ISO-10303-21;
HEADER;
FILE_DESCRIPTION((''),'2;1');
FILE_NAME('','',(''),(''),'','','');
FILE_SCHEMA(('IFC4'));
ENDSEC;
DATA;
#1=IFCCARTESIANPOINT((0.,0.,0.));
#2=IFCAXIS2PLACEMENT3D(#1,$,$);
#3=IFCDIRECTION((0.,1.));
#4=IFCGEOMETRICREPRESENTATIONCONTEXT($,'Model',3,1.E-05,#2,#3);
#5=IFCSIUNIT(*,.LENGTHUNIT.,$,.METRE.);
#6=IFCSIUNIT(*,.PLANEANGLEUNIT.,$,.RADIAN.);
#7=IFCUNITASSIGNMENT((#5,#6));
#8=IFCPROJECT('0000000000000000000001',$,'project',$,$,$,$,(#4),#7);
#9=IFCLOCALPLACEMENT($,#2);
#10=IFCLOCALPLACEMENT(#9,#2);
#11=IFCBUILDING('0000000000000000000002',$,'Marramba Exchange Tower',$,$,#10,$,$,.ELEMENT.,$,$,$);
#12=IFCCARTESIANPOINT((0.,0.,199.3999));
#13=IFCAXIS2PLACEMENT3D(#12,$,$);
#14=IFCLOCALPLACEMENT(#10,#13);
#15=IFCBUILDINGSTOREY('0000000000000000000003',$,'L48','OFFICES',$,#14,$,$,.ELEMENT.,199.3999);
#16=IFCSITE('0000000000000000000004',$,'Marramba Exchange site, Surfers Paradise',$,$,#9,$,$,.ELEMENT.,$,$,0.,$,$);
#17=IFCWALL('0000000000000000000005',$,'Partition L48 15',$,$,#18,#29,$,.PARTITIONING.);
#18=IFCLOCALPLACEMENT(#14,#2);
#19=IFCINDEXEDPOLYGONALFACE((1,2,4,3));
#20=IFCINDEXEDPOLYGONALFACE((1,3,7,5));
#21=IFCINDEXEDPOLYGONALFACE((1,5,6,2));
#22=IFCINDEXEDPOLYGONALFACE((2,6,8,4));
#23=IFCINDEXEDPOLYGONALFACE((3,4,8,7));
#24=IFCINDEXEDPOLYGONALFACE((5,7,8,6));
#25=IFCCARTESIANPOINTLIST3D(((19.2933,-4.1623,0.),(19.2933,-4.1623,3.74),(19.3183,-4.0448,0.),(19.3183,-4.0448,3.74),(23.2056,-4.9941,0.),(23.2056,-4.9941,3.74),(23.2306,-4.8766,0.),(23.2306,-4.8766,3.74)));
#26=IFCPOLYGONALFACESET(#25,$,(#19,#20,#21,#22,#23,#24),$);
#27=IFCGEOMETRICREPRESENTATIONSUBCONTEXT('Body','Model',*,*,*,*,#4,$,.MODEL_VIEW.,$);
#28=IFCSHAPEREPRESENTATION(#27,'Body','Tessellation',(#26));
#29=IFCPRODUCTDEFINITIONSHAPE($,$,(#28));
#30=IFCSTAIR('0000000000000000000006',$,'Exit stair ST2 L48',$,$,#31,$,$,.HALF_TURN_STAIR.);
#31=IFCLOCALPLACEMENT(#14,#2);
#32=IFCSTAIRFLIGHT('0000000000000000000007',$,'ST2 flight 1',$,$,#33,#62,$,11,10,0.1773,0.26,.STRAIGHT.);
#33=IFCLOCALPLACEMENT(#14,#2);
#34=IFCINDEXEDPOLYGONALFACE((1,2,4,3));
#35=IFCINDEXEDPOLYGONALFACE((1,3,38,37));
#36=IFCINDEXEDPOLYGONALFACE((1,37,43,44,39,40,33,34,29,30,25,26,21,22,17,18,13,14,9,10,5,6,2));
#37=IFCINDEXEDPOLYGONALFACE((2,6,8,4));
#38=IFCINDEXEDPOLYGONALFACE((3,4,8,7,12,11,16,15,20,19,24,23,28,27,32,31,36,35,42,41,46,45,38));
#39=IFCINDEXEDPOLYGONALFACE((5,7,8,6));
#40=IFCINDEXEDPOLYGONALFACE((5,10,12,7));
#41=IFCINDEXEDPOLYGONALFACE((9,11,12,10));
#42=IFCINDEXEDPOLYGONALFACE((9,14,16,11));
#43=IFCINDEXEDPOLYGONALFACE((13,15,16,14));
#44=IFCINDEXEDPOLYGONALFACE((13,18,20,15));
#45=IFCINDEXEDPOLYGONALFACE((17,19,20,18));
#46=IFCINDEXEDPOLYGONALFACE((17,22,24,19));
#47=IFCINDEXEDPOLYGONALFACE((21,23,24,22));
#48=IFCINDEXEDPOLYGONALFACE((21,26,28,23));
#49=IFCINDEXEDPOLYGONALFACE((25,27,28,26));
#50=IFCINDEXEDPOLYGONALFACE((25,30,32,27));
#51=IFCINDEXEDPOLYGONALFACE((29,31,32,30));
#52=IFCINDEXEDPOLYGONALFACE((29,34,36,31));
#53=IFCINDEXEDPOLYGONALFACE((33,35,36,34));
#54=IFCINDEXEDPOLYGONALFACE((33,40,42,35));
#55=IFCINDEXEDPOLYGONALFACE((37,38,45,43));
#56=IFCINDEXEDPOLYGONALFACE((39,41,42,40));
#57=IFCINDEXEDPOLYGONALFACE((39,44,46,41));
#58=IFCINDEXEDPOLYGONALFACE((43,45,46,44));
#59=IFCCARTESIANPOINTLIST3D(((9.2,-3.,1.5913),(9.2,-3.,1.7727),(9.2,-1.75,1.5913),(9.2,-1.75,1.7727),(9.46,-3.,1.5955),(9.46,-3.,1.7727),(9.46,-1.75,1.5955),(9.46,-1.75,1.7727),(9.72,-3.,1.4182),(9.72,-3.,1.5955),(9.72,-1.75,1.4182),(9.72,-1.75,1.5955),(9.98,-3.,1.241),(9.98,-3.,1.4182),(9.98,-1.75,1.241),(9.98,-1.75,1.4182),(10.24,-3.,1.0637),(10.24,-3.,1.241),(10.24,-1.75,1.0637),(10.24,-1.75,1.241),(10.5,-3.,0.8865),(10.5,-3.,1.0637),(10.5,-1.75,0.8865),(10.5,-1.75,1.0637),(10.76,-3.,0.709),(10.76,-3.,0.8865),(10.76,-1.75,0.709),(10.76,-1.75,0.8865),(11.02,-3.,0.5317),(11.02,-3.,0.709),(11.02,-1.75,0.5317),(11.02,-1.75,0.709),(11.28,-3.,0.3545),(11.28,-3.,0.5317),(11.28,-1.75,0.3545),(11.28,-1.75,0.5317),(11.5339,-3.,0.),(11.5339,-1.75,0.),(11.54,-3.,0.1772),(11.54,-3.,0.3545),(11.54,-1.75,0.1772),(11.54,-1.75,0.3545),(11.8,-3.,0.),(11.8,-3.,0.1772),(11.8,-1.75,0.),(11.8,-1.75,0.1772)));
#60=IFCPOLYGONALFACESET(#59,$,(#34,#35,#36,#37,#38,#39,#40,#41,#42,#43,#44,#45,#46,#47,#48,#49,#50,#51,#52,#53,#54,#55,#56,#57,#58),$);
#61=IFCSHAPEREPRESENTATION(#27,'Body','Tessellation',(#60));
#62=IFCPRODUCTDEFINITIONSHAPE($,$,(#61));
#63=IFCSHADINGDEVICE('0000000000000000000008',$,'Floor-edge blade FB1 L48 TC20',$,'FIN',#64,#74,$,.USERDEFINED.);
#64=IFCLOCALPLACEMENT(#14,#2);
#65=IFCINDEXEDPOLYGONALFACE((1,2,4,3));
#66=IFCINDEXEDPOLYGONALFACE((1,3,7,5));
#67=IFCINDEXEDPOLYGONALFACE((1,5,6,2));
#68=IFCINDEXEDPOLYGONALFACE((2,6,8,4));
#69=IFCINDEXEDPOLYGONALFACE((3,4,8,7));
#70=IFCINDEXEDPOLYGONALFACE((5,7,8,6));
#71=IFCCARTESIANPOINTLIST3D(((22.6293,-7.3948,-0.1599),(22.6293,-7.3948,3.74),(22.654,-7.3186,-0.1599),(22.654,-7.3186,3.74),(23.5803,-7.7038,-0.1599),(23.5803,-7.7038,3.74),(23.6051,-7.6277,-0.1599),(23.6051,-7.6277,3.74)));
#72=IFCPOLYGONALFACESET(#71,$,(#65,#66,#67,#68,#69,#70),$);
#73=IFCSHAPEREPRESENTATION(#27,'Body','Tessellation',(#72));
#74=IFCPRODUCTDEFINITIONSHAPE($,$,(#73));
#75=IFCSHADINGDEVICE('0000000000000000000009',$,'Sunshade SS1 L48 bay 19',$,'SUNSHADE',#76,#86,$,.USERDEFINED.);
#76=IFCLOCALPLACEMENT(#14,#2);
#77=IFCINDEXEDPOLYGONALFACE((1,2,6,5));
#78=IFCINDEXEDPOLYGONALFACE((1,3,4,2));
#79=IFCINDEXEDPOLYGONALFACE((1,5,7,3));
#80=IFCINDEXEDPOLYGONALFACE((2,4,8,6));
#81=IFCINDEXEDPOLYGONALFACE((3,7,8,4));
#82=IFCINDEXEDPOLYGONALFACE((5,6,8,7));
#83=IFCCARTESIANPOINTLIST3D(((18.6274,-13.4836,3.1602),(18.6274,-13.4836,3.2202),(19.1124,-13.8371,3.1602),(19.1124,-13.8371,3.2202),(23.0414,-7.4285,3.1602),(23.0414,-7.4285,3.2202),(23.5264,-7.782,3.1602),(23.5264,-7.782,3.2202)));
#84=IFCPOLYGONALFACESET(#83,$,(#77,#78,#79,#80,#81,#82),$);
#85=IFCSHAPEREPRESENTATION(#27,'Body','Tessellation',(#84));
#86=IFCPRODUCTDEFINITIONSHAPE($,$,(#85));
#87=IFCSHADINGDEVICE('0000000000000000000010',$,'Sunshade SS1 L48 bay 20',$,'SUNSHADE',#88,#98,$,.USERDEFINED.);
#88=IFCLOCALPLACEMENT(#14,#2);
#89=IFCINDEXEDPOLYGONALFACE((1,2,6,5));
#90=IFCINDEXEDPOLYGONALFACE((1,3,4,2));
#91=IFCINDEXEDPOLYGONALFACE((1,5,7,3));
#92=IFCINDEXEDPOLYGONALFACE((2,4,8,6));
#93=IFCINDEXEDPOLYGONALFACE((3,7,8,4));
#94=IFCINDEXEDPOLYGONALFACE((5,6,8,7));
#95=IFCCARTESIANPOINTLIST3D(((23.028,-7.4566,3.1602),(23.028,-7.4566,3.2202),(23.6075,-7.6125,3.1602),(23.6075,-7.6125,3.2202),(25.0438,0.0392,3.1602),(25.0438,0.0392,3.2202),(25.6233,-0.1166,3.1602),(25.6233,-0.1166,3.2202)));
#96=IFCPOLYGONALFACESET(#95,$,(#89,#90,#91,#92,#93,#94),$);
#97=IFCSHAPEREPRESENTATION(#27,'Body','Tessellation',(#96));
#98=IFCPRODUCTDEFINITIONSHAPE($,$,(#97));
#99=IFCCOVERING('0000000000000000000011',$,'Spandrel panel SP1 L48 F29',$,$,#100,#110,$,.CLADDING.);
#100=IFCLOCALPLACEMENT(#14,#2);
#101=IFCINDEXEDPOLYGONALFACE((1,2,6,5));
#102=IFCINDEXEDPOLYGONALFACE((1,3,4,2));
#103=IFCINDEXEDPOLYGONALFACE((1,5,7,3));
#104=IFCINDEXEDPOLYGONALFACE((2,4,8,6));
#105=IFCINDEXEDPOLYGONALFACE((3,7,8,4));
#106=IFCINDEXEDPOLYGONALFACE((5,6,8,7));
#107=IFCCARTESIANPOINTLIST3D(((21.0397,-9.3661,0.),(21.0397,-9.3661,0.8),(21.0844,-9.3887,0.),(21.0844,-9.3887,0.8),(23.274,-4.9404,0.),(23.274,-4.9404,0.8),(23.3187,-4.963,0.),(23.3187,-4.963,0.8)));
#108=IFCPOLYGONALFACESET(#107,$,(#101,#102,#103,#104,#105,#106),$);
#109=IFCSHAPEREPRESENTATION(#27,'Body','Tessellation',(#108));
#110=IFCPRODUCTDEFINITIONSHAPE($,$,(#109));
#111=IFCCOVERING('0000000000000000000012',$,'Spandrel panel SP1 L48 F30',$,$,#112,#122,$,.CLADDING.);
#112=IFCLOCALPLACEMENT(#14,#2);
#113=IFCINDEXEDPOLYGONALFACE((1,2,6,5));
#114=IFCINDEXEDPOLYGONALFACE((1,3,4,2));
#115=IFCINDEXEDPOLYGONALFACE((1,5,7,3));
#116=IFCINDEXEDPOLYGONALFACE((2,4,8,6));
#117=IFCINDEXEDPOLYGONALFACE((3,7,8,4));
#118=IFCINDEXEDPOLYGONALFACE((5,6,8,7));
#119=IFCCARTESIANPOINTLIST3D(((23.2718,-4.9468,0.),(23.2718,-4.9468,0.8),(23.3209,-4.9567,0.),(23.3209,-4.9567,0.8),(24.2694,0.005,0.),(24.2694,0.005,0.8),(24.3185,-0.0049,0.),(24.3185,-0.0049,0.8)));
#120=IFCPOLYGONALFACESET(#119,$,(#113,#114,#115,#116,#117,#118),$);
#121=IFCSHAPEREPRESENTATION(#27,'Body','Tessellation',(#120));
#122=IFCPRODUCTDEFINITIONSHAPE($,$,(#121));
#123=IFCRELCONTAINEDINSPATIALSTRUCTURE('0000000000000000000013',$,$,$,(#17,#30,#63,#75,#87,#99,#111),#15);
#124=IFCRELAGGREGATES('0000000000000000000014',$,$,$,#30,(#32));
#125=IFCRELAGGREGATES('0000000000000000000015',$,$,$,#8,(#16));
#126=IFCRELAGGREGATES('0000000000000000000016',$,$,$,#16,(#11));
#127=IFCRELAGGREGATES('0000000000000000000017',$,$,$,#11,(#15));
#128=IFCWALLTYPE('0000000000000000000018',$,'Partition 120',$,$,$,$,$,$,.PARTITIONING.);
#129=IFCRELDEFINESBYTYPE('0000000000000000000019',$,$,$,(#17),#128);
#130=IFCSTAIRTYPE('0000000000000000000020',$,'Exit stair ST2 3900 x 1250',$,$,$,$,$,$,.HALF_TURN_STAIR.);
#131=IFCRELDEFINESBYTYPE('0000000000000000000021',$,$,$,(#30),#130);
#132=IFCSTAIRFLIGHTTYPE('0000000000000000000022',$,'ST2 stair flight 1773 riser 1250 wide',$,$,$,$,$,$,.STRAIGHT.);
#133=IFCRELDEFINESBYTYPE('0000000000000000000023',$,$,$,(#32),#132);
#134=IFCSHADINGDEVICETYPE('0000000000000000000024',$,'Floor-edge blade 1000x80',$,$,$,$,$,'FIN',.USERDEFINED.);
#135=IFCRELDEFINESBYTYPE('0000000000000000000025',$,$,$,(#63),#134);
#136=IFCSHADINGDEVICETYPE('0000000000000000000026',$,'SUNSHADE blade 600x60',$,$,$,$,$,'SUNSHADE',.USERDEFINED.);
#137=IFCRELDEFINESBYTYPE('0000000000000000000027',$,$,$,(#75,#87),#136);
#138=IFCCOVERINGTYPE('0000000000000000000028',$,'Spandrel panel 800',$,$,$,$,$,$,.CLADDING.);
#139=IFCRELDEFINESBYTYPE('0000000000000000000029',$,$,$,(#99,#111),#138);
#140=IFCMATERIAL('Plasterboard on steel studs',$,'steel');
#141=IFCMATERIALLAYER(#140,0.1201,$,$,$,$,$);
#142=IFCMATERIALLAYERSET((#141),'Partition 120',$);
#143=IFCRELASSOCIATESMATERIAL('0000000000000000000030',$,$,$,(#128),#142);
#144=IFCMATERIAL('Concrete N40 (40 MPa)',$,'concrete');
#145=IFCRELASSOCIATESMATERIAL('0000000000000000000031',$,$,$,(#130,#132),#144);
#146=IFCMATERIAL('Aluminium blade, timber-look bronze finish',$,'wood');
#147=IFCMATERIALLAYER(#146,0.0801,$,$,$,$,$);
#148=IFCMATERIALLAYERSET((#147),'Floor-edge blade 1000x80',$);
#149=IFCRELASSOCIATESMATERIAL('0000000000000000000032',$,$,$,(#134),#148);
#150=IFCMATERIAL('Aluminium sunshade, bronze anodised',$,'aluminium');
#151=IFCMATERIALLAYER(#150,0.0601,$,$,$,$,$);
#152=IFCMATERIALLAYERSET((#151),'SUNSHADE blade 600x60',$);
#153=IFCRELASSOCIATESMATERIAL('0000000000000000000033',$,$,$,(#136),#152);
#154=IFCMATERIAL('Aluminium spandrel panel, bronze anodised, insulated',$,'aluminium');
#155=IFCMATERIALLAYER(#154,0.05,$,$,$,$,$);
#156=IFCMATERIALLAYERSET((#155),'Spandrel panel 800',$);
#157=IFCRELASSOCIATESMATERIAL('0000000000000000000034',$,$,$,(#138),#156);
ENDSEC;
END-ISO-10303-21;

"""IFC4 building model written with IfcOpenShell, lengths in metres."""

from ifc_helpers import new_model, si_unit, direction, frame, frame_2d, origin, origin_2d, place, context, subcontext, project, spatial, polyline, rectangle, outline, extrude, material, layer, layer_set, type_object, element, aggregate, save


model = new_model("IFC4")

# Units and contexts
model_context = context("Model", 3, precision=1e-05, world=origin(), true_north=direction((0.0, 1.0)))
body_context = subcontext(model_context, "Body", "Model", "MODEL_VIEW")
ifc_project = project(units=[si_unit("LENGTHUNIT", "METRE"), si_unit("PLANEANGLEUNIT", "RADIAN")], contexts=[model_context])

# Site, building, storey
site_placement = place(None, origin())
site = spatial("IfcSite", under=ifc_project, at=site_placement, Name="Marramba Exchange site, Surfers Paradise", CompositionType="ELEMENT", RefElevation=0.0)
building_placement = place(site_placement, origin())
building = spatial("IfcBuilding", under=site, at=building_placement, Name="Marramba Exchange Tower", CompositionType="ELEMENT")
storey_placement = place(building_placement, frame((0.0, 0.0, 199.3999)))
storey = spatial("IfcBuildingStorey", under=building, at=storey_placement, Name="L48", Description="OFFICES", CompositionType="ELEMENT", Elevation=199.3999)

# Wall
ifc_material_1 = material(Name="Plasterboard on steel studs", Category="steel")
ifc_layer_1 = layer(ifc_material_1, 0.1201)
ifc_layer_set_1 = layer_set([ifc_layer_1], Name="Partition 120")
wall_type_1 = type_object("IfcWallType", Name="Partition 120", PredefinedType="PARTITIONING", material=ifc_layer_set_1)
wall_1_placement = place(storey_placement, frame((19.3057, -4.1035, 0.0), z_axis=(0.0, 0.0, 1.0), x_axis=(0.978138, -0.207957, 0.0)))
element("IfcWall", 1, at=wall_1_placement, inside=storey, type_object=wall_type_1, Name="Partition L48 15", PredefinedType="PARTITIONING", context=body_context, shape_type="SweptSolid", body=[
    extrude(rectangle(XDim=3.9998, YDim=0.1201, at=frame_2d((2.0, 0.0))), origin(), (0.0, 0.0, 1.0), 3.74),
])

# Stair, stair flight
ifc_material_2 = material(Name="Concrete N40 (40 MPa)", Category="concrete")
stair_type = type_object("IfcStairType", Name="Exit stair ST2 3900 x 1250", PredefinedType="HALF_TURN_STAIR", material=ifc_material_2)
stair_placement = place(storey_placement, origin())
stair = element("IfcStair", 2, at=stair_placement, inside=storey, type_object=stair_type, Name="Exit stair ST2 L48", PredefinedType="HALF_TURN_STAIR")
stair_flight_type = type_object("IfcStairFlightType", Name="ST2 stair flight 1773 riser 1250 wide", PredefinedType="STRAIGHT", material=ifc_material_2)
stair_flight_placement = place(storey_placement, frame((11.8, -2.375, 0.0), z_axis=(0.0, 0.0, 1.0), x_axis=(-1.0, 0.0, 0.0)))
stair_flight = element("IfcStairFlight", 3, at=stair_flight_placement, type_object=stair_flight_type, Name="ST2 flight 1", NumberOfRisers=11, NumberOfTreads=10, PredefinedType="STRAIGHT", RiserHeight=0.1773, TreadLength=0.26, context=body_context, shape_type="SweptSolid", body=[
    extrude(outline(polyline([(0.0, 0.0), (0.0, 0.1772), (0.26, 0.1772), (0.26, 0.3545), (0.52, 0.3545), (0.52, 0.5317), (0.78, 0.5317), (0.78, 0.709), (1.04, 0.709), (1.04, 0.8865), (1.3, 0.8865), (1.3, 1.0637), (1.5601, 1.0637), (1.5601, 1.241), (1.8201, 1.241), (1.8201, 1.4182), (2.0801, 1.4182), (2.0801, 1.5955), (2.3401, 1.5955), (2.3401, 1.7727), (2.6001, 1.7727), (2.6001, 1.95), (2.6001, 1.5913), (0.2661, 0.0), (0.0, 0.0)])), frame((0.0, 0.625, 0.0), z_axis=(0.0, -1.0, 0.0), x_axis=(1.0, 0.0, 0.0)), (0.0, 0.0, 1.0), 1.25),
])
aggregate(stair, [stair_flight])

# Shading devices
ifc_material_3 = material(Name="Aluminium blade, timber-look bronze finish", Category="wood")
ifc_layer_2 = layer(ifc_material_3, 0.0801)
ifc_layer_set_2 = layer_set([ifc_layer_2], Name="Floor-edge blade 1000x80")
shading_device_type_1 = type_object("IfcShadingDeviceType", Name="Floor-edge blade 1000x80", ElementType="FIN", PredefinedType="USERDEFINED", material=ifc_layer_set_2)
shading_device_1_placement = place(storey_placement, frame((23.1172, -7.5112, -0.1599), z_axis=(0.0, 0.0, 1.0), x_axis=(0.951057, -0.309017, 0.0)))
element("IfcShadingDevice", 4, at=shading_device_1_placement, inside=storey, type_object=shading_device_type_1, Name="Floor-edge blade FB1 L48 TC20", ObjectType="FIN", PredefinedType="USERDEFINED", context=body_context, shape_type="SweptSolid", body=[
    extrude(rectangle(XDim=1.0, YDim=0.0801, at=origin_2d()), origin(), (0.0, 0.0, 1.0), 3.8999),
])
ifc_material_4 = material(Name="Aluminium sunshade, bronze anodised", Category="aluminium")
ifc_layer_3 = layer(ifc_material_4, 0.0601)
ifc_layer_set_3 = layer_set([ifc_layer_3], Name="SUNSHADE blade 600x60")
shading_device_type_2 = type_object("IfcShadingDeviceType", Name="SUNSHADE blade 600x60", ElementType="SUNSHADE", PredefinedType="USERDEFINED", material=ifc_layer_set_3)
shading_device_2_placement = place(storey_placement, frame((21.0769, -10.6328, 3.1602), z_axis=(0.0, 0.0, 1.0), x_axis=(0.589072, 0.808081, 0.0)))
element("IfcShadingDevice", 5, at=shading_device_2_placement, inside=storey, type_object=shading_device_type_2, Name="Sunshade SS1 L48 bay 19", ObjectType="SUNSHADE", PredefinedType="USERDEFINED", context=body_context, shape_type="SweptSolid", body=[
    extrude(rectangle(XDim=7.4932, YDim=0.6001, at=origin_2d()), origin(), (0.0, 0.0, 1.0), 0.0601),
])
shading_device_3_placement = place(storey_placement, frame((24.3257, -3.7866, 3.1602), z_axis=(0.0, 0.0, 1.0), x_axis=(0.259692, 0.965691, 0.0)))
element("IfcShadingDevice", 6, at=shading_device_3_placement, inside=storey, type_object=shading_device_type_2, Name="Sunshade SS1 L48 bay 20", ObjectType="SUNSHADE", PredefinedType="USERDEFINED", context=body_context, shape_type="SweptSolid", body=[
    extrude(rectangle(XDim=7.7622, YDim=0.6001, at=origin_2d()), origin(), (0.0, 0.0, 1.0), 0.0601),
])

# Coverings
ifc_material_5 = material(Name="Aluminium spandrel panel, bronze anodised, insulated", Category="aluminium")
ifc_layer_4 = layer(ifc_material_5, 0.05)
ifc_layer_set_4 = layer_set([ifc_layer_4], Name="Spandrel panel 800")
covering_type = type_object("IfcCoveringType", Name="Spandrel panel 800", PredefinedType="CLADDING", material=ifc_layer_set_4)
covering_1_placement = place(storey_placement, frame((22.1792, -7.1646, 0.0), z_axis=(0.0, 0.0, 1.0), x_axis=(0.450673, 0.892689, 0.0)))
element("IfcCovering", 7, at=covering_1_placement, inside=storey, type_object=covering_type, Name="Spandrel panel SP1 L48 F29", PredefinedType="CLADDING", context=body_context, shape_type="SweptSolid", body=[
    extrude(rectangle(XDim=4.9578, YDim=0.05, at=origin_2d()), origin(), (0.0, 0.0, 1.0), 0.8),
])
covering_2_placement = place(storey_placement, frame((23.7952, -2.4758, 0.0), z_axis=(0.0, 0.0, 1.0), x_axis=(0.197495, 0.980304, 0.0)))
element("IfcCovering", 8, at=covering_2_placement, inside=storey, type_object=covering_type, Name="Spandrel panel SP1 L48 F30", PredefinedType="CLADDING", context=body_context, shape_type="SweptSolid", body=[
    extrude(rectangle(XDim=5.0513, YDim=0.05, at=origin_2d()), origin(), (0.0, 0.0, 1.0), 0.8),
])

save(model, "model.ifc")
